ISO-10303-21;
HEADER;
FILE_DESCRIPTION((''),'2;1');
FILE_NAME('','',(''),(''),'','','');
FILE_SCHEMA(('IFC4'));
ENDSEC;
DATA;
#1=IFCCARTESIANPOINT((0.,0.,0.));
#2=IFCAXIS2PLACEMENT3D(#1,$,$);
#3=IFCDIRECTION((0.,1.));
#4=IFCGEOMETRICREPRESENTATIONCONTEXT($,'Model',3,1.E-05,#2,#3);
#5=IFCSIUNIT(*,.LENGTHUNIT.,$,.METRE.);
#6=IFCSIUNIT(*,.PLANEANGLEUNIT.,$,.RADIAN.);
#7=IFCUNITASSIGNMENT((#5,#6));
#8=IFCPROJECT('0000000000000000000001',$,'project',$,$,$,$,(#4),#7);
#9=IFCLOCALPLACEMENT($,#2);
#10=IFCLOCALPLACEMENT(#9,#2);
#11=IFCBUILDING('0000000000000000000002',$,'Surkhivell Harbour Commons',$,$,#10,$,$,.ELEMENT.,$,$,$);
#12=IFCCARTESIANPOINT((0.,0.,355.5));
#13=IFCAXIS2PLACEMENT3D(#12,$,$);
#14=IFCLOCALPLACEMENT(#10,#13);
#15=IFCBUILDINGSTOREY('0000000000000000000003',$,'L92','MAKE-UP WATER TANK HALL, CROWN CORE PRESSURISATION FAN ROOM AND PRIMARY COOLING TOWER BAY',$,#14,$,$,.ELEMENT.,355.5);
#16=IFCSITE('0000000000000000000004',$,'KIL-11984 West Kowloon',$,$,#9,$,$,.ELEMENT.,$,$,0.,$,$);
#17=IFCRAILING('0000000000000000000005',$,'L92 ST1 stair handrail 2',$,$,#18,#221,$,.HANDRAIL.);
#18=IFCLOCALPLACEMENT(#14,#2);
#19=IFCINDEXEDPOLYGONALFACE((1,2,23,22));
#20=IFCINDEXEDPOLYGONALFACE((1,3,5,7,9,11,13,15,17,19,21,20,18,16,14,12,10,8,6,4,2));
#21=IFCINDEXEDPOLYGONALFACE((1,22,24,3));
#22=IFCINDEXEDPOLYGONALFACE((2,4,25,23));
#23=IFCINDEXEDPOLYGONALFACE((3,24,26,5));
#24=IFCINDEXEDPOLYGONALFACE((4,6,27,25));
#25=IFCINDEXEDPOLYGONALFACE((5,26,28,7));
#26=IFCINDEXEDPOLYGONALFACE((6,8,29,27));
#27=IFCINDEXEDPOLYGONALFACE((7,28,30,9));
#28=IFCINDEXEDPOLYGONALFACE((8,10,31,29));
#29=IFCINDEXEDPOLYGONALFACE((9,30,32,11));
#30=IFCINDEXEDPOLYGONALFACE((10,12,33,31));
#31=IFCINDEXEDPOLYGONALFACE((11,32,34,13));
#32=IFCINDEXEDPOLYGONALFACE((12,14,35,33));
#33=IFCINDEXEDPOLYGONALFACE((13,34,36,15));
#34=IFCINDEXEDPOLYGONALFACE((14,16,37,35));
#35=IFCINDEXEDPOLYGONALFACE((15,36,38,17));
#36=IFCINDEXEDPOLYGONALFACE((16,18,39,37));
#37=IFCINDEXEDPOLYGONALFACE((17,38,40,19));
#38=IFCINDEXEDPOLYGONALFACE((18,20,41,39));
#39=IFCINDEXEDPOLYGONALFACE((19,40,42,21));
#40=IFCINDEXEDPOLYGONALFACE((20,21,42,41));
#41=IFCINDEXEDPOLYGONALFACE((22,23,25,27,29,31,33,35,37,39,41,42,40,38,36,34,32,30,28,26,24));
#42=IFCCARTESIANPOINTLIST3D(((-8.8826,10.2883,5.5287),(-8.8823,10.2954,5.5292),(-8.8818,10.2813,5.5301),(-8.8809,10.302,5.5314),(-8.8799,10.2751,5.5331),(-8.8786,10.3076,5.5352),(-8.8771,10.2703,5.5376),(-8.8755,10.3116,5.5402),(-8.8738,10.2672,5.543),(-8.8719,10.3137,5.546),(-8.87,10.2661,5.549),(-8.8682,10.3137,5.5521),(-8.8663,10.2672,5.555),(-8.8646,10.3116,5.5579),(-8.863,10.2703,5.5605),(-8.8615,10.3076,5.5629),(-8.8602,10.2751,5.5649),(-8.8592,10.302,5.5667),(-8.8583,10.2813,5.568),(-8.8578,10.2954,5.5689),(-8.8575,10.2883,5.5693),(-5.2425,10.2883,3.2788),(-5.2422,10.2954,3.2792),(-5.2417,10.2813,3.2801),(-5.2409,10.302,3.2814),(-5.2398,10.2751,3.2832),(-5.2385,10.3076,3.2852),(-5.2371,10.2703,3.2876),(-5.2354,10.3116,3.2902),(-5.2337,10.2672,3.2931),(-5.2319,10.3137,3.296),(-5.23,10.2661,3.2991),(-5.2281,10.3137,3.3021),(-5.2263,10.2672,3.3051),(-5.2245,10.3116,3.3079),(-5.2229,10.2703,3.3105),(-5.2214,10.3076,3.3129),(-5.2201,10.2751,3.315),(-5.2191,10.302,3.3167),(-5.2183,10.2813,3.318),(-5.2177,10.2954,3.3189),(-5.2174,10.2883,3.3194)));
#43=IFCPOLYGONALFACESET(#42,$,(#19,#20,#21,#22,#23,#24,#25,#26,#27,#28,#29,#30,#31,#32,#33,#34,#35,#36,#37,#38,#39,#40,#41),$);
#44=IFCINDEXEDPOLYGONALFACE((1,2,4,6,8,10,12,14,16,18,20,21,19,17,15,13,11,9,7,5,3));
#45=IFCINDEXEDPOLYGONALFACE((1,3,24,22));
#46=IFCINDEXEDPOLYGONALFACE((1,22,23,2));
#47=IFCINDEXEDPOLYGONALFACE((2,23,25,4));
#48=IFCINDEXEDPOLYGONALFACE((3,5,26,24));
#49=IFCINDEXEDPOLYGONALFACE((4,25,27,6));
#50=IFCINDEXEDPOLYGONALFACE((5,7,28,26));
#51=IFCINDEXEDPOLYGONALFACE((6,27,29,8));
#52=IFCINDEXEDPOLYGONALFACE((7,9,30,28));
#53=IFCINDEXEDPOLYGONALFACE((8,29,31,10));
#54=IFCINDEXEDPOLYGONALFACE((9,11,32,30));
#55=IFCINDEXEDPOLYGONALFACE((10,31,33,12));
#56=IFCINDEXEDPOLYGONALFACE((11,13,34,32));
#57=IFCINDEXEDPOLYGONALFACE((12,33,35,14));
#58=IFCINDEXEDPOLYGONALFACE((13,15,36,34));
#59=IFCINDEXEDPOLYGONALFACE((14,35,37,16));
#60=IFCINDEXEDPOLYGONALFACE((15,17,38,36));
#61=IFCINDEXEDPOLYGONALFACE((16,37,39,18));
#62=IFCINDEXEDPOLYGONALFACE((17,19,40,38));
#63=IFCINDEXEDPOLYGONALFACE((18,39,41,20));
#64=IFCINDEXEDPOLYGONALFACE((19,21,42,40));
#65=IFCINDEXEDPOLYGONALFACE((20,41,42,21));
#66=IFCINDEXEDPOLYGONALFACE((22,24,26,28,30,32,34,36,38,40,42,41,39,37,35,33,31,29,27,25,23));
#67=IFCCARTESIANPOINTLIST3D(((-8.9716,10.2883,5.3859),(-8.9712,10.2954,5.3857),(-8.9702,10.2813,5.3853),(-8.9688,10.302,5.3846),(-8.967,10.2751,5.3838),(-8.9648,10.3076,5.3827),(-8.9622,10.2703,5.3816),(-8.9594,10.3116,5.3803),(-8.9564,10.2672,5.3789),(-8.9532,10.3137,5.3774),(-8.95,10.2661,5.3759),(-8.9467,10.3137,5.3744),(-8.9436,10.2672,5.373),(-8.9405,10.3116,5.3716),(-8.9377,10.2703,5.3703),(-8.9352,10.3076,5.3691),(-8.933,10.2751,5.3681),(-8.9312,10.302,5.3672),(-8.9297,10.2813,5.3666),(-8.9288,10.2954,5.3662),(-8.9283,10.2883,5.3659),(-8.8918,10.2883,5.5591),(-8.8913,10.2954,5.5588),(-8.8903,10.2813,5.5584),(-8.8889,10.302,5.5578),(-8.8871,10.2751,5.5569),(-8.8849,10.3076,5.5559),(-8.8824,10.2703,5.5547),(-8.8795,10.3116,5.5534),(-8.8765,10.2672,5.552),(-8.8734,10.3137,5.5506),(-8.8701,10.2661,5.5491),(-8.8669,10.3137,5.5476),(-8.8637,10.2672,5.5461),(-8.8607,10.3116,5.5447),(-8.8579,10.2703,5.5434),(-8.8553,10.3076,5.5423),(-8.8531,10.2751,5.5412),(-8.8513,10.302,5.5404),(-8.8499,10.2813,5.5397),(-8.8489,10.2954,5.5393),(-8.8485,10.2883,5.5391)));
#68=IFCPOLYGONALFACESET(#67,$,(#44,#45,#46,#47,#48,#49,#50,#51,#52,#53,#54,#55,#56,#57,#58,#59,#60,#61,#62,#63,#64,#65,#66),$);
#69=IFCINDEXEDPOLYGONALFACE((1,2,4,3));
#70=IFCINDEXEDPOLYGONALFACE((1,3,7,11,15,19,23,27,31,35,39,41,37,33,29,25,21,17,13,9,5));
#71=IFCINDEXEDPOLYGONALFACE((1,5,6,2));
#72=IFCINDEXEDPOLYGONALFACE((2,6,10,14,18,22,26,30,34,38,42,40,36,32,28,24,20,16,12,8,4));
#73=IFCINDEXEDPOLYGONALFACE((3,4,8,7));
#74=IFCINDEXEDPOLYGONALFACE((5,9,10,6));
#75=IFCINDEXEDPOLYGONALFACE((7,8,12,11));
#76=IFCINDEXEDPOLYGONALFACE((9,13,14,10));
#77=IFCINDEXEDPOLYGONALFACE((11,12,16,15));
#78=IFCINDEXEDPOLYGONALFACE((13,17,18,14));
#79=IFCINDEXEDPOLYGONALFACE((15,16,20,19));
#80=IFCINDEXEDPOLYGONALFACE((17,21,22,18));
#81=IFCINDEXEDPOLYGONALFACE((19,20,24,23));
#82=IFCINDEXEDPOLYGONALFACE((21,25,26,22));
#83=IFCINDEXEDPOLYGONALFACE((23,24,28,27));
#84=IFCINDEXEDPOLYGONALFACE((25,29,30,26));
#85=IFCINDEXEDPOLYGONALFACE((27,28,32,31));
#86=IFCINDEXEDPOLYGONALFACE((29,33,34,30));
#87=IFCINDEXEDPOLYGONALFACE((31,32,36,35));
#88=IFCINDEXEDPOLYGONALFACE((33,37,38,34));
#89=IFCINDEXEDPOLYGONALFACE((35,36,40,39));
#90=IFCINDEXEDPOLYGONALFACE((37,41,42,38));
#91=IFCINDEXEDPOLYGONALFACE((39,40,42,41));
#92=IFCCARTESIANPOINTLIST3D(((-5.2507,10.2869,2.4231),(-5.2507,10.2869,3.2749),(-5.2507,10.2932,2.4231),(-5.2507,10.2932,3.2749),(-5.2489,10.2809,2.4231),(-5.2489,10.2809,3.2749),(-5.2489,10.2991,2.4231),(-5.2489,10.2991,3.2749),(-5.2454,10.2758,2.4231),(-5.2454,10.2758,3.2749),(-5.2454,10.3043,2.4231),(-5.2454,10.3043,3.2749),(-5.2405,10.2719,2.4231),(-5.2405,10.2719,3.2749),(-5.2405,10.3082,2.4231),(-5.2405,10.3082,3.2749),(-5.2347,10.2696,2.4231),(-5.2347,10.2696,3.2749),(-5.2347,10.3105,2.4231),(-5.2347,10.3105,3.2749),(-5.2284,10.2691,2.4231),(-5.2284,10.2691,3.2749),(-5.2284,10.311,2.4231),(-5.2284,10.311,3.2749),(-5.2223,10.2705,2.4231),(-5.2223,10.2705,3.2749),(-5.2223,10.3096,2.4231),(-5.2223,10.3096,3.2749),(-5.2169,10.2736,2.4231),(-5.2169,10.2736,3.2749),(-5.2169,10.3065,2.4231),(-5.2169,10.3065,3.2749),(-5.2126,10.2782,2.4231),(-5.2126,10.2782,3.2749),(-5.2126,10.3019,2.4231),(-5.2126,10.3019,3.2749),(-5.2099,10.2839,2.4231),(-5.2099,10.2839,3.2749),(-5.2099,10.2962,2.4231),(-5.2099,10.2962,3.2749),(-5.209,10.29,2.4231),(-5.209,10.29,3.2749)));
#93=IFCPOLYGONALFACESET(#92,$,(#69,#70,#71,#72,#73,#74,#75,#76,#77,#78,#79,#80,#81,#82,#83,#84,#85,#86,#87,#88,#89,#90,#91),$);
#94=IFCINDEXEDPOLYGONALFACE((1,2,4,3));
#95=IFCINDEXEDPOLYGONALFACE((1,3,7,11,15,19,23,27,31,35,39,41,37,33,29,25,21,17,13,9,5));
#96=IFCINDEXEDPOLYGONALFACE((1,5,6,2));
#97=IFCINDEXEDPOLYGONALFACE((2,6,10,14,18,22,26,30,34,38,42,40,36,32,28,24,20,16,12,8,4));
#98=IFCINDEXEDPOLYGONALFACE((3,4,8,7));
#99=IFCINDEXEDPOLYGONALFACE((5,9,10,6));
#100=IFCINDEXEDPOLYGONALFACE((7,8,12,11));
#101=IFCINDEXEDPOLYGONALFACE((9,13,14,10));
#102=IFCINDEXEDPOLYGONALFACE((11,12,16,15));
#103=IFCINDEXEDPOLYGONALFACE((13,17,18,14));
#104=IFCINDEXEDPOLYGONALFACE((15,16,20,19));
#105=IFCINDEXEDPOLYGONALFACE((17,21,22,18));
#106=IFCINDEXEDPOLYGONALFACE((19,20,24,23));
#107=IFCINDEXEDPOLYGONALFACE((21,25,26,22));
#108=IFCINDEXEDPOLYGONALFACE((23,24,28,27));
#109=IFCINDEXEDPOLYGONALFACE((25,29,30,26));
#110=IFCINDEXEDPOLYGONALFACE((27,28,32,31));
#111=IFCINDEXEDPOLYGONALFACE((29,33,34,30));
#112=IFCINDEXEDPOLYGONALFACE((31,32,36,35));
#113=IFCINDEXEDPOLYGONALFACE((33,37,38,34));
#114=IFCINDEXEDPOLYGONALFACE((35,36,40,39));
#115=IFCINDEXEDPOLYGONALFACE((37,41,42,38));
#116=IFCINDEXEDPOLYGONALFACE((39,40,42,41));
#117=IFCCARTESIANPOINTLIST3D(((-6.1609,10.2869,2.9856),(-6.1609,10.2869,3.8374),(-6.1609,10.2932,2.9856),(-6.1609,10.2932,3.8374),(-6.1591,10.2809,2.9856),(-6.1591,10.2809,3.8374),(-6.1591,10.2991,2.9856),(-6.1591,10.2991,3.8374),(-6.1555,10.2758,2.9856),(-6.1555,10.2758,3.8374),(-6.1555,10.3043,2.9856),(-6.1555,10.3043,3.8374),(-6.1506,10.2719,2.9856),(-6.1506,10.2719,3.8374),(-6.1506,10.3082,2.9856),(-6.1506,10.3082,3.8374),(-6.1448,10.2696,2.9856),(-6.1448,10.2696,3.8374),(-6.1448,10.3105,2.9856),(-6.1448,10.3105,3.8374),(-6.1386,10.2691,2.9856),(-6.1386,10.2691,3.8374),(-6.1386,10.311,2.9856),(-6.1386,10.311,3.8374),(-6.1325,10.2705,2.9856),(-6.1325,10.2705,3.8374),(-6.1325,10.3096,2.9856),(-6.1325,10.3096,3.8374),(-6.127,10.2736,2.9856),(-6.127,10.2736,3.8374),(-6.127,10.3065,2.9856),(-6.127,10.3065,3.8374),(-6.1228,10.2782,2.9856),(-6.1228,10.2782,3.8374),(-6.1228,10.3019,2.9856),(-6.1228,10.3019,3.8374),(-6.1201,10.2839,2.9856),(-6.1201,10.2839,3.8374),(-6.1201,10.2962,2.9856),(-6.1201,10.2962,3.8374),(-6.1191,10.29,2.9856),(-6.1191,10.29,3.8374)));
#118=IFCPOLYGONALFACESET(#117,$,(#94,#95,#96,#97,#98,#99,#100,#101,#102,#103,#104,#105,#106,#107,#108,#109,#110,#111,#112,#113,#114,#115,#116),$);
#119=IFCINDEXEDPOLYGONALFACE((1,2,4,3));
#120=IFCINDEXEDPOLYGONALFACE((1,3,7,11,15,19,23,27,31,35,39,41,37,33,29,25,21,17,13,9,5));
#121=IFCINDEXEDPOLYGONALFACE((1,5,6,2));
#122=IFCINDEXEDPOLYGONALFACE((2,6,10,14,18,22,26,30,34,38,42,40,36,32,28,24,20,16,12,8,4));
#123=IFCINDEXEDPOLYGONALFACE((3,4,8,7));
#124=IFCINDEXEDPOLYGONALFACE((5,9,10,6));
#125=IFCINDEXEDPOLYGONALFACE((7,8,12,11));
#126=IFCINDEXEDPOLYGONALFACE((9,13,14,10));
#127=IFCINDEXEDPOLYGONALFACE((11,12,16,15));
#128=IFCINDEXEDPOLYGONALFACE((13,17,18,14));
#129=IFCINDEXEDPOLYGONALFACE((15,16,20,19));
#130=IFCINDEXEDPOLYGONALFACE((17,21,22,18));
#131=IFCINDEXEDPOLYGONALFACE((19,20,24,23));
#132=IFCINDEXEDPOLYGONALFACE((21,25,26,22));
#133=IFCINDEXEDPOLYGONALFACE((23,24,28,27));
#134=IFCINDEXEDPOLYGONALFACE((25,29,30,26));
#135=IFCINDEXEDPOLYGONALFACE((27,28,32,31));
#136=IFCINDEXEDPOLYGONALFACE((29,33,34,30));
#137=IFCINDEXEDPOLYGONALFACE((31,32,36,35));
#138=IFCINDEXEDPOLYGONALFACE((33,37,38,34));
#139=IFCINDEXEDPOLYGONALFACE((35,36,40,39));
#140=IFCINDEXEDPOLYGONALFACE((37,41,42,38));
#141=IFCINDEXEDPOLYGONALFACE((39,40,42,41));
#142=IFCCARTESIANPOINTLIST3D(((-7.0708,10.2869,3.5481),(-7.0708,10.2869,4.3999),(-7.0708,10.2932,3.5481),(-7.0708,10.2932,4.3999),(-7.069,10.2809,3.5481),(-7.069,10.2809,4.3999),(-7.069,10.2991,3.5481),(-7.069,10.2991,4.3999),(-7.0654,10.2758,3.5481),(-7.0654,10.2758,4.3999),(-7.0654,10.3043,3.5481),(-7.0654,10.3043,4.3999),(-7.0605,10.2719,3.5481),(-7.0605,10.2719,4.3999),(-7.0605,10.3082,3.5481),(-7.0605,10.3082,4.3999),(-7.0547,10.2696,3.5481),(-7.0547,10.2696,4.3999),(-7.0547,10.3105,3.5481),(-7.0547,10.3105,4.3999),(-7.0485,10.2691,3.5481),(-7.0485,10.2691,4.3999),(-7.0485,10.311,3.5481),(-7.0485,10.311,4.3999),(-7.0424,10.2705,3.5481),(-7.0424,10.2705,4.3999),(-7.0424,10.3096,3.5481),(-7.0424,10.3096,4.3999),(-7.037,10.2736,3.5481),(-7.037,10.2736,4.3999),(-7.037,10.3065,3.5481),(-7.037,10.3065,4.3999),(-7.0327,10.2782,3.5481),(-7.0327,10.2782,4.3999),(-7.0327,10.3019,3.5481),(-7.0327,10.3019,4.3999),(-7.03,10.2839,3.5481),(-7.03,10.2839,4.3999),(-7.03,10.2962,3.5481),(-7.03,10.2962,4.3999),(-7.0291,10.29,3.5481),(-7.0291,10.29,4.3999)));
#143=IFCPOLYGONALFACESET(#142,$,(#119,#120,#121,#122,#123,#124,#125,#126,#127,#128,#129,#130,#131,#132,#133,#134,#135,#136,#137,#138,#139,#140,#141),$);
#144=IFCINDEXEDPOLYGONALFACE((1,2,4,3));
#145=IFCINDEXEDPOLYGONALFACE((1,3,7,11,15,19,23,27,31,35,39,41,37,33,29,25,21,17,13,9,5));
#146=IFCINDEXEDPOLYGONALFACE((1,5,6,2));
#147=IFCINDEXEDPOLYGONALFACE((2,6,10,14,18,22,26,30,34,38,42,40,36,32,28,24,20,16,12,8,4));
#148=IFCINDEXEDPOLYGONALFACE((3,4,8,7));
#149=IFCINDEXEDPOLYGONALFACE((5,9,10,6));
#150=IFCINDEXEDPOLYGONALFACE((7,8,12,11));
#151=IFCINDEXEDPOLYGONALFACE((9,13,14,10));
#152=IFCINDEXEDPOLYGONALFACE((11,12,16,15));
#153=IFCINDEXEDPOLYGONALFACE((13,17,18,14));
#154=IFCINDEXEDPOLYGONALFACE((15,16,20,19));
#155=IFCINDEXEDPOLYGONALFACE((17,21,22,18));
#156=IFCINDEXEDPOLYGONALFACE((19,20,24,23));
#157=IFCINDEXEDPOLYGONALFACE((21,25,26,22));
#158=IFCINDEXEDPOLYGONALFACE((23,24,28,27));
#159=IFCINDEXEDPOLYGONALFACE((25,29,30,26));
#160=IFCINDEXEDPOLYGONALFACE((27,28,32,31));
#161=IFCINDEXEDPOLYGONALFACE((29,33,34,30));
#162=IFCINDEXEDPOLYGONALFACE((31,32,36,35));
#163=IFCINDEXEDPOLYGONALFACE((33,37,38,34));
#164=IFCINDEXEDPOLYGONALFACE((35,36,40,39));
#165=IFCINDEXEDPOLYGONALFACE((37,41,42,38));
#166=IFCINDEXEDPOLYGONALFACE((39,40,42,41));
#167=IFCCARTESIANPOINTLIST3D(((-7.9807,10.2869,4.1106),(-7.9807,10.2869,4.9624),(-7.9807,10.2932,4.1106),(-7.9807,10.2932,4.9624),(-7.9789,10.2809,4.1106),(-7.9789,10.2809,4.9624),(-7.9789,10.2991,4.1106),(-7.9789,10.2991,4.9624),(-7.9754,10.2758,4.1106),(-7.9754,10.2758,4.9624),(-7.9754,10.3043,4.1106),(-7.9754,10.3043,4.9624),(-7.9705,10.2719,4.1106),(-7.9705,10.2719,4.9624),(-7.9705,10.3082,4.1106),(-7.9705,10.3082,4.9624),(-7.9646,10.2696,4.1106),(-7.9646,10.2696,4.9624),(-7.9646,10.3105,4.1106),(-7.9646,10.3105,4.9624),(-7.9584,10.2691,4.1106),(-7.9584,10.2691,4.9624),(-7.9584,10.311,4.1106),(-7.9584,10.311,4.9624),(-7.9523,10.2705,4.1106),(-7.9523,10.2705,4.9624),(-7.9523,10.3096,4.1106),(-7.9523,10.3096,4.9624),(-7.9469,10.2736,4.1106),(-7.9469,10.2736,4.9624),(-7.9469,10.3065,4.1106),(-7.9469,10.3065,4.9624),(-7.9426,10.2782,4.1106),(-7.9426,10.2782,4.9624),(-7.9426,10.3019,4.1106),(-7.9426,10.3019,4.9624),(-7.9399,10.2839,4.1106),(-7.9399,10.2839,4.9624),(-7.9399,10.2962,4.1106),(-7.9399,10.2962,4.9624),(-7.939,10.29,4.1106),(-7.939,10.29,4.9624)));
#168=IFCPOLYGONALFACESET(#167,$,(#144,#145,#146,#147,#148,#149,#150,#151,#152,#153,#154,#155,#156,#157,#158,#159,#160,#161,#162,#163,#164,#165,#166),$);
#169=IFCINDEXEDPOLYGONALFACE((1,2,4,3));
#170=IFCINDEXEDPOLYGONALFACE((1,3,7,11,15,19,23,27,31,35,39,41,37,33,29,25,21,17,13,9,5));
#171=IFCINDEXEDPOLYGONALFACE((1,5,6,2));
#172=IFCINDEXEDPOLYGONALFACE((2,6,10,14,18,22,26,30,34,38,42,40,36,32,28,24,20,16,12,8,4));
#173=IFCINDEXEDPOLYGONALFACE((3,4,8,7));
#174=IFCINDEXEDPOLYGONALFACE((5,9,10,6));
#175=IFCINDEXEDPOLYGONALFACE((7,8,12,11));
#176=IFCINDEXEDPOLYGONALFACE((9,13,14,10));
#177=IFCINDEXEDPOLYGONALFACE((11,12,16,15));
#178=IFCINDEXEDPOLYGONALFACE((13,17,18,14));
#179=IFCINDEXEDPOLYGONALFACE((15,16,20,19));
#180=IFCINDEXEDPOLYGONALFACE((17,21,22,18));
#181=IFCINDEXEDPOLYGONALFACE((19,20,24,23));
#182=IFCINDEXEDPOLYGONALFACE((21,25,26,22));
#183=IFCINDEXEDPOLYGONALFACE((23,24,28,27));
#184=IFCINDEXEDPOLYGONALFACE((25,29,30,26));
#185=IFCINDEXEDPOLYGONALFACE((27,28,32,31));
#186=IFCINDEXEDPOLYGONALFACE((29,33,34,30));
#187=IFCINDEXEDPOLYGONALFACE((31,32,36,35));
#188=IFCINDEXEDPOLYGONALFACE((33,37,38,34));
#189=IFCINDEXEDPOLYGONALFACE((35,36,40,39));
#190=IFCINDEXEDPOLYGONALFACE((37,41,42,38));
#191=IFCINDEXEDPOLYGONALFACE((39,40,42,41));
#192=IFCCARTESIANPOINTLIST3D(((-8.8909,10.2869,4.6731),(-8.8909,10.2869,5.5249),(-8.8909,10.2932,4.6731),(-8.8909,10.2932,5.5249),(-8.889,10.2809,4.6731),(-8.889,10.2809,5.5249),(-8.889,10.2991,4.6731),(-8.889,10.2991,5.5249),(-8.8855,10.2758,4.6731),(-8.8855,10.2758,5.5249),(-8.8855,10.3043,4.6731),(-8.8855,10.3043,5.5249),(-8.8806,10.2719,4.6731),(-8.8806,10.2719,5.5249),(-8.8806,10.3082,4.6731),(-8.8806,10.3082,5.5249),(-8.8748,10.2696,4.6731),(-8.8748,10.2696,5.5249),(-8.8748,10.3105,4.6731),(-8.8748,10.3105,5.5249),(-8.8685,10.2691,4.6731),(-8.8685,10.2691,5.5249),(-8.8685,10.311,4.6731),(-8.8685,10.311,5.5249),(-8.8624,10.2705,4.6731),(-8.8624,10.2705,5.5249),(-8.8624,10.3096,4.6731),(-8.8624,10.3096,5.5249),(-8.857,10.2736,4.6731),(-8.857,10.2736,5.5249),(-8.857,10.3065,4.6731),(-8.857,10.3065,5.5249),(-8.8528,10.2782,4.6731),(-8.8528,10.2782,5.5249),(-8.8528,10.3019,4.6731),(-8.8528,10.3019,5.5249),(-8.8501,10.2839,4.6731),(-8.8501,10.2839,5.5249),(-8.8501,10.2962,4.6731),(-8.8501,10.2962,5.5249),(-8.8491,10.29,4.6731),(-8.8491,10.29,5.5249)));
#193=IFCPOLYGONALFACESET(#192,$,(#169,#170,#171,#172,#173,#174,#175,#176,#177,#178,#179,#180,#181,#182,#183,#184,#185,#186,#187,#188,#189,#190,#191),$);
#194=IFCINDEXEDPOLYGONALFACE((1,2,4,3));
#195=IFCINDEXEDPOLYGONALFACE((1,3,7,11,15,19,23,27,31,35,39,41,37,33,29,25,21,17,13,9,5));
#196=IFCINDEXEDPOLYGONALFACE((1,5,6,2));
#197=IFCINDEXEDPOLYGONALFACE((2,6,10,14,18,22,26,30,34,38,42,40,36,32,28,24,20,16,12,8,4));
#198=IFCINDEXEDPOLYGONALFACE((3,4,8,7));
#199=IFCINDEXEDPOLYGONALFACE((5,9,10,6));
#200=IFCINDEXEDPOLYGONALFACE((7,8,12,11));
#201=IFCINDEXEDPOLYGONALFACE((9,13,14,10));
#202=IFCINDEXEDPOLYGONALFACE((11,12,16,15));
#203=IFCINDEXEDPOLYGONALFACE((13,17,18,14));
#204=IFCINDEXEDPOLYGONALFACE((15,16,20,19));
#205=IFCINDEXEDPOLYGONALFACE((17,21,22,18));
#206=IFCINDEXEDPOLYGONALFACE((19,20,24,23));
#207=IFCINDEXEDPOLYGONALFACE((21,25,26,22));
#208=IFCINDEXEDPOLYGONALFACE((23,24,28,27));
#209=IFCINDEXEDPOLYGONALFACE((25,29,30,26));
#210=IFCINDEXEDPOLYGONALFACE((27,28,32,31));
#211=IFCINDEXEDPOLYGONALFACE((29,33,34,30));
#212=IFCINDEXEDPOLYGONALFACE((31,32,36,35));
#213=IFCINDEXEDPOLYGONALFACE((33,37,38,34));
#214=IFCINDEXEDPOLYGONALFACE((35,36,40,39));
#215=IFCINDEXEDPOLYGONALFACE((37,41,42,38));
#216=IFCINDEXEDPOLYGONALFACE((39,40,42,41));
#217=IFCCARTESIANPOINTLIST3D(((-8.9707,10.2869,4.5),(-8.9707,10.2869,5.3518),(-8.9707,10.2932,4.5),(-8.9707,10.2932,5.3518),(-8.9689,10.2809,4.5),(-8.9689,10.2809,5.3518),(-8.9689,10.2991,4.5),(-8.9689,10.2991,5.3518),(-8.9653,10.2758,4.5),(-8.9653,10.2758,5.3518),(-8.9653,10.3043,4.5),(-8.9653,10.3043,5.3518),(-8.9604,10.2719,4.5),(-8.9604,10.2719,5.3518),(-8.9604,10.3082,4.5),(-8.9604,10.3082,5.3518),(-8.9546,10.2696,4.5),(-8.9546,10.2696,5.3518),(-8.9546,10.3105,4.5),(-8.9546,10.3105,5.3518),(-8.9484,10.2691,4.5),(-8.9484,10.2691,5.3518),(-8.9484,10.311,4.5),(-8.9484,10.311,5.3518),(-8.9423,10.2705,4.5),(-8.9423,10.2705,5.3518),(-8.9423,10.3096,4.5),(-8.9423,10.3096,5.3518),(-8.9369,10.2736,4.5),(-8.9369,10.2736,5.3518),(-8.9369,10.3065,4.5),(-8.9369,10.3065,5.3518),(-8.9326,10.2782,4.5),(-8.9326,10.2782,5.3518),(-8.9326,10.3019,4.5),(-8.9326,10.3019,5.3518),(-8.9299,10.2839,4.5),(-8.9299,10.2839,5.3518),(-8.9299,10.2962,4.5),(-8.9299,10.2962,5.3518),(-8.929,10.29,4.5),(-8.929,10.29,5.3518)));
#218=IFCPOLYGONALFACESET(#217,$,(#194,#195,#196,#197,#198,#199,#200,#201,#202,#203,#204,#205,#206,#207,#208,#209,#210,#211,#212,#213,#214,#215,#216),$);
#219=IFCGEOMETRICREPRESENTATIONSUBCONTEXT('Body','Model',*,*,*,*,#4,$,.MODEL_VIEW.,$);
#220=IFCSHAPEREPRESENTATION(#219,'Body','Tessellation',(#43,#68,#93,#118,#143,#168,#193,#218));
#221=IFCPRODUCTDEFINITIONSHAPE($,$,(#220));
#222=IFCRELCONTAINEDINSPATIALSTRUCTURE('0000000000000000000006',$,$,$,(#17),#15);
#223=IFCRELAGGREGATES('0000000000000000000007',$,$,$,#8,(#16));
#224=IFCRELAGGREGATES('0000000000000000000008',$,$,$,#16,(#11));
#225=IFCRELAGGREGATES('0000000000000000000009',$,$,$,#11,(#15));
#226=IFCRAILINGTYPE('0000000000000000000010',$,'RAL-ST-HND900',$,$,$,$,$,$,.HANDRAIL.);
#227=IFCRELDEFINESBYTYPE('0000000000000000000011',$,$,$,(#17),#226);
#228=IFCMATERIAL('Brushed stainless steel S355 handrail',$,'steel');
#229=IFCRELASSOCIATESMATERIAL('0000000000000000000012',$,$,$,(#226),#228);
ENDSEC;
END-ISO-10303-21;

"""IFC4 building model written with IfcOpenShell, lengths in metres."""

from ifc_helpers import new_model, si_unit, direction, frame, origin, origin_2d, place, context, subcontext, project, spatial, circle, extrude, material, type_object, element, save


model = new_model("IFC4")

# Units and contexts
model_context = context("Model", 3, precision=1e-05, world=origin(), true_north=direction((0.0, 1.0)))
body_context = subcontext(model_context, "Body", "Model", "MODEL_VIEW")
ifc_project = project(units=[si_unit("LENGTHUNIT", "METRE"), si_unit("PLANEANGLEUNIT", "RADIAN")], contexts=[model_context])

# Site, building, storey
site_placement = place(None, origin())
site = spatial("IfcSite", under=ifc_project, at=site_placement, Name="KIL-11984 West Kowloon", CompositionType="ELEMENT", RefElevation=0.0)
building_placement = place(site_placement, origin())
building = spatial("IfcBuilding", under=site, at=building_placement, Name="Surkhivell Harbour Commons", CompositionType="ELEMENT")
storey_placement = place(building_placement, frame((0.0, 0.0, 355.5)))
storey = spatial("IfcBuildingStorey", under=building, at=storey_placement, Name="L92", Description="MAKE-UP WATER TANK HALL, CROWN CORE PRESSURISATION FAN ROOM AND PRIMARY COOLING TOWER BAY", CompositionType="ELEMENT", Elevation=355.5)

# Railing
ifc_material_1 = material(Name="Brushed stainless steel S355 handrail", Category="steel")
railing_type_1 = type_object("IfcRailingType", Name="RAL-ST-HND900", PredefinedType="HANDRAIL", material=ifc_material_1)
railing_1_placement = place(storey_placement, frame((-5.23, 10.29, 2.4231)))
element("IfcRailing", 1, at=railing_1_placement, inside=storey, type_object=railing_type_1, Name="L92 ST1 stair handrail 2", PredefinedType="HANDRAIL", context=body_context, shape_type="SweptSolid", body=[
    extrude(circle(Radius=0.0239, at=origin_2d()), frame((0.0, 0.0, 0.876), z_axis=(-0.850622, 0.0, 0.525777), x_axis=(0.0, -1.0, 0.0)), (0.0, 0.0, 1.0), 4.2793),
    extrude(circle(Radius=0.0239, at=origin_2d()), frame((-3.6401, 0.0, 3.126), z_axis=(-0.418815, 0.0, -0.908072), x_axis=(0.0, -1.0, 0.0)), (0.0, 0.0, 1.0), 0.1907),
    extrude(circle(Radius=0.021, at=origin_2d()), origin(), (0.0, 0.0, 1.0), 0.8518),
    extrude(circle(Radius=0.021, at=origin_2d()), frame((-0.9102, 0.0, 0.5625)), (0.0, 0.0, 1.0), 0.8518),
    extrude(circle(Radius=0.021, at=origin_2d()), frame((-1.8201, 0.0, 1.125)), (0.0, 0.0, 1.0), 0.8518),
    extrude(circle(Radius=0.021, at=origin_2d()), frame((-2.73, 0.0, 1.6875)), (0.0, 0.0, 1.0), 0.8518),
    extrude(circle(Radius=0.021, at=origin_2d()), frame((-3.6401, 0.0, 2.25)), (0.0, 0.0, 1.0), 0.8518),
    extrude(circle(Radius=0.021, at=origin_2d()), frame((-3.72, 0.0, 2.0769)), (0.0, 0.0, 1.0), 0.8518),
])

save(model, "model.ifc")
